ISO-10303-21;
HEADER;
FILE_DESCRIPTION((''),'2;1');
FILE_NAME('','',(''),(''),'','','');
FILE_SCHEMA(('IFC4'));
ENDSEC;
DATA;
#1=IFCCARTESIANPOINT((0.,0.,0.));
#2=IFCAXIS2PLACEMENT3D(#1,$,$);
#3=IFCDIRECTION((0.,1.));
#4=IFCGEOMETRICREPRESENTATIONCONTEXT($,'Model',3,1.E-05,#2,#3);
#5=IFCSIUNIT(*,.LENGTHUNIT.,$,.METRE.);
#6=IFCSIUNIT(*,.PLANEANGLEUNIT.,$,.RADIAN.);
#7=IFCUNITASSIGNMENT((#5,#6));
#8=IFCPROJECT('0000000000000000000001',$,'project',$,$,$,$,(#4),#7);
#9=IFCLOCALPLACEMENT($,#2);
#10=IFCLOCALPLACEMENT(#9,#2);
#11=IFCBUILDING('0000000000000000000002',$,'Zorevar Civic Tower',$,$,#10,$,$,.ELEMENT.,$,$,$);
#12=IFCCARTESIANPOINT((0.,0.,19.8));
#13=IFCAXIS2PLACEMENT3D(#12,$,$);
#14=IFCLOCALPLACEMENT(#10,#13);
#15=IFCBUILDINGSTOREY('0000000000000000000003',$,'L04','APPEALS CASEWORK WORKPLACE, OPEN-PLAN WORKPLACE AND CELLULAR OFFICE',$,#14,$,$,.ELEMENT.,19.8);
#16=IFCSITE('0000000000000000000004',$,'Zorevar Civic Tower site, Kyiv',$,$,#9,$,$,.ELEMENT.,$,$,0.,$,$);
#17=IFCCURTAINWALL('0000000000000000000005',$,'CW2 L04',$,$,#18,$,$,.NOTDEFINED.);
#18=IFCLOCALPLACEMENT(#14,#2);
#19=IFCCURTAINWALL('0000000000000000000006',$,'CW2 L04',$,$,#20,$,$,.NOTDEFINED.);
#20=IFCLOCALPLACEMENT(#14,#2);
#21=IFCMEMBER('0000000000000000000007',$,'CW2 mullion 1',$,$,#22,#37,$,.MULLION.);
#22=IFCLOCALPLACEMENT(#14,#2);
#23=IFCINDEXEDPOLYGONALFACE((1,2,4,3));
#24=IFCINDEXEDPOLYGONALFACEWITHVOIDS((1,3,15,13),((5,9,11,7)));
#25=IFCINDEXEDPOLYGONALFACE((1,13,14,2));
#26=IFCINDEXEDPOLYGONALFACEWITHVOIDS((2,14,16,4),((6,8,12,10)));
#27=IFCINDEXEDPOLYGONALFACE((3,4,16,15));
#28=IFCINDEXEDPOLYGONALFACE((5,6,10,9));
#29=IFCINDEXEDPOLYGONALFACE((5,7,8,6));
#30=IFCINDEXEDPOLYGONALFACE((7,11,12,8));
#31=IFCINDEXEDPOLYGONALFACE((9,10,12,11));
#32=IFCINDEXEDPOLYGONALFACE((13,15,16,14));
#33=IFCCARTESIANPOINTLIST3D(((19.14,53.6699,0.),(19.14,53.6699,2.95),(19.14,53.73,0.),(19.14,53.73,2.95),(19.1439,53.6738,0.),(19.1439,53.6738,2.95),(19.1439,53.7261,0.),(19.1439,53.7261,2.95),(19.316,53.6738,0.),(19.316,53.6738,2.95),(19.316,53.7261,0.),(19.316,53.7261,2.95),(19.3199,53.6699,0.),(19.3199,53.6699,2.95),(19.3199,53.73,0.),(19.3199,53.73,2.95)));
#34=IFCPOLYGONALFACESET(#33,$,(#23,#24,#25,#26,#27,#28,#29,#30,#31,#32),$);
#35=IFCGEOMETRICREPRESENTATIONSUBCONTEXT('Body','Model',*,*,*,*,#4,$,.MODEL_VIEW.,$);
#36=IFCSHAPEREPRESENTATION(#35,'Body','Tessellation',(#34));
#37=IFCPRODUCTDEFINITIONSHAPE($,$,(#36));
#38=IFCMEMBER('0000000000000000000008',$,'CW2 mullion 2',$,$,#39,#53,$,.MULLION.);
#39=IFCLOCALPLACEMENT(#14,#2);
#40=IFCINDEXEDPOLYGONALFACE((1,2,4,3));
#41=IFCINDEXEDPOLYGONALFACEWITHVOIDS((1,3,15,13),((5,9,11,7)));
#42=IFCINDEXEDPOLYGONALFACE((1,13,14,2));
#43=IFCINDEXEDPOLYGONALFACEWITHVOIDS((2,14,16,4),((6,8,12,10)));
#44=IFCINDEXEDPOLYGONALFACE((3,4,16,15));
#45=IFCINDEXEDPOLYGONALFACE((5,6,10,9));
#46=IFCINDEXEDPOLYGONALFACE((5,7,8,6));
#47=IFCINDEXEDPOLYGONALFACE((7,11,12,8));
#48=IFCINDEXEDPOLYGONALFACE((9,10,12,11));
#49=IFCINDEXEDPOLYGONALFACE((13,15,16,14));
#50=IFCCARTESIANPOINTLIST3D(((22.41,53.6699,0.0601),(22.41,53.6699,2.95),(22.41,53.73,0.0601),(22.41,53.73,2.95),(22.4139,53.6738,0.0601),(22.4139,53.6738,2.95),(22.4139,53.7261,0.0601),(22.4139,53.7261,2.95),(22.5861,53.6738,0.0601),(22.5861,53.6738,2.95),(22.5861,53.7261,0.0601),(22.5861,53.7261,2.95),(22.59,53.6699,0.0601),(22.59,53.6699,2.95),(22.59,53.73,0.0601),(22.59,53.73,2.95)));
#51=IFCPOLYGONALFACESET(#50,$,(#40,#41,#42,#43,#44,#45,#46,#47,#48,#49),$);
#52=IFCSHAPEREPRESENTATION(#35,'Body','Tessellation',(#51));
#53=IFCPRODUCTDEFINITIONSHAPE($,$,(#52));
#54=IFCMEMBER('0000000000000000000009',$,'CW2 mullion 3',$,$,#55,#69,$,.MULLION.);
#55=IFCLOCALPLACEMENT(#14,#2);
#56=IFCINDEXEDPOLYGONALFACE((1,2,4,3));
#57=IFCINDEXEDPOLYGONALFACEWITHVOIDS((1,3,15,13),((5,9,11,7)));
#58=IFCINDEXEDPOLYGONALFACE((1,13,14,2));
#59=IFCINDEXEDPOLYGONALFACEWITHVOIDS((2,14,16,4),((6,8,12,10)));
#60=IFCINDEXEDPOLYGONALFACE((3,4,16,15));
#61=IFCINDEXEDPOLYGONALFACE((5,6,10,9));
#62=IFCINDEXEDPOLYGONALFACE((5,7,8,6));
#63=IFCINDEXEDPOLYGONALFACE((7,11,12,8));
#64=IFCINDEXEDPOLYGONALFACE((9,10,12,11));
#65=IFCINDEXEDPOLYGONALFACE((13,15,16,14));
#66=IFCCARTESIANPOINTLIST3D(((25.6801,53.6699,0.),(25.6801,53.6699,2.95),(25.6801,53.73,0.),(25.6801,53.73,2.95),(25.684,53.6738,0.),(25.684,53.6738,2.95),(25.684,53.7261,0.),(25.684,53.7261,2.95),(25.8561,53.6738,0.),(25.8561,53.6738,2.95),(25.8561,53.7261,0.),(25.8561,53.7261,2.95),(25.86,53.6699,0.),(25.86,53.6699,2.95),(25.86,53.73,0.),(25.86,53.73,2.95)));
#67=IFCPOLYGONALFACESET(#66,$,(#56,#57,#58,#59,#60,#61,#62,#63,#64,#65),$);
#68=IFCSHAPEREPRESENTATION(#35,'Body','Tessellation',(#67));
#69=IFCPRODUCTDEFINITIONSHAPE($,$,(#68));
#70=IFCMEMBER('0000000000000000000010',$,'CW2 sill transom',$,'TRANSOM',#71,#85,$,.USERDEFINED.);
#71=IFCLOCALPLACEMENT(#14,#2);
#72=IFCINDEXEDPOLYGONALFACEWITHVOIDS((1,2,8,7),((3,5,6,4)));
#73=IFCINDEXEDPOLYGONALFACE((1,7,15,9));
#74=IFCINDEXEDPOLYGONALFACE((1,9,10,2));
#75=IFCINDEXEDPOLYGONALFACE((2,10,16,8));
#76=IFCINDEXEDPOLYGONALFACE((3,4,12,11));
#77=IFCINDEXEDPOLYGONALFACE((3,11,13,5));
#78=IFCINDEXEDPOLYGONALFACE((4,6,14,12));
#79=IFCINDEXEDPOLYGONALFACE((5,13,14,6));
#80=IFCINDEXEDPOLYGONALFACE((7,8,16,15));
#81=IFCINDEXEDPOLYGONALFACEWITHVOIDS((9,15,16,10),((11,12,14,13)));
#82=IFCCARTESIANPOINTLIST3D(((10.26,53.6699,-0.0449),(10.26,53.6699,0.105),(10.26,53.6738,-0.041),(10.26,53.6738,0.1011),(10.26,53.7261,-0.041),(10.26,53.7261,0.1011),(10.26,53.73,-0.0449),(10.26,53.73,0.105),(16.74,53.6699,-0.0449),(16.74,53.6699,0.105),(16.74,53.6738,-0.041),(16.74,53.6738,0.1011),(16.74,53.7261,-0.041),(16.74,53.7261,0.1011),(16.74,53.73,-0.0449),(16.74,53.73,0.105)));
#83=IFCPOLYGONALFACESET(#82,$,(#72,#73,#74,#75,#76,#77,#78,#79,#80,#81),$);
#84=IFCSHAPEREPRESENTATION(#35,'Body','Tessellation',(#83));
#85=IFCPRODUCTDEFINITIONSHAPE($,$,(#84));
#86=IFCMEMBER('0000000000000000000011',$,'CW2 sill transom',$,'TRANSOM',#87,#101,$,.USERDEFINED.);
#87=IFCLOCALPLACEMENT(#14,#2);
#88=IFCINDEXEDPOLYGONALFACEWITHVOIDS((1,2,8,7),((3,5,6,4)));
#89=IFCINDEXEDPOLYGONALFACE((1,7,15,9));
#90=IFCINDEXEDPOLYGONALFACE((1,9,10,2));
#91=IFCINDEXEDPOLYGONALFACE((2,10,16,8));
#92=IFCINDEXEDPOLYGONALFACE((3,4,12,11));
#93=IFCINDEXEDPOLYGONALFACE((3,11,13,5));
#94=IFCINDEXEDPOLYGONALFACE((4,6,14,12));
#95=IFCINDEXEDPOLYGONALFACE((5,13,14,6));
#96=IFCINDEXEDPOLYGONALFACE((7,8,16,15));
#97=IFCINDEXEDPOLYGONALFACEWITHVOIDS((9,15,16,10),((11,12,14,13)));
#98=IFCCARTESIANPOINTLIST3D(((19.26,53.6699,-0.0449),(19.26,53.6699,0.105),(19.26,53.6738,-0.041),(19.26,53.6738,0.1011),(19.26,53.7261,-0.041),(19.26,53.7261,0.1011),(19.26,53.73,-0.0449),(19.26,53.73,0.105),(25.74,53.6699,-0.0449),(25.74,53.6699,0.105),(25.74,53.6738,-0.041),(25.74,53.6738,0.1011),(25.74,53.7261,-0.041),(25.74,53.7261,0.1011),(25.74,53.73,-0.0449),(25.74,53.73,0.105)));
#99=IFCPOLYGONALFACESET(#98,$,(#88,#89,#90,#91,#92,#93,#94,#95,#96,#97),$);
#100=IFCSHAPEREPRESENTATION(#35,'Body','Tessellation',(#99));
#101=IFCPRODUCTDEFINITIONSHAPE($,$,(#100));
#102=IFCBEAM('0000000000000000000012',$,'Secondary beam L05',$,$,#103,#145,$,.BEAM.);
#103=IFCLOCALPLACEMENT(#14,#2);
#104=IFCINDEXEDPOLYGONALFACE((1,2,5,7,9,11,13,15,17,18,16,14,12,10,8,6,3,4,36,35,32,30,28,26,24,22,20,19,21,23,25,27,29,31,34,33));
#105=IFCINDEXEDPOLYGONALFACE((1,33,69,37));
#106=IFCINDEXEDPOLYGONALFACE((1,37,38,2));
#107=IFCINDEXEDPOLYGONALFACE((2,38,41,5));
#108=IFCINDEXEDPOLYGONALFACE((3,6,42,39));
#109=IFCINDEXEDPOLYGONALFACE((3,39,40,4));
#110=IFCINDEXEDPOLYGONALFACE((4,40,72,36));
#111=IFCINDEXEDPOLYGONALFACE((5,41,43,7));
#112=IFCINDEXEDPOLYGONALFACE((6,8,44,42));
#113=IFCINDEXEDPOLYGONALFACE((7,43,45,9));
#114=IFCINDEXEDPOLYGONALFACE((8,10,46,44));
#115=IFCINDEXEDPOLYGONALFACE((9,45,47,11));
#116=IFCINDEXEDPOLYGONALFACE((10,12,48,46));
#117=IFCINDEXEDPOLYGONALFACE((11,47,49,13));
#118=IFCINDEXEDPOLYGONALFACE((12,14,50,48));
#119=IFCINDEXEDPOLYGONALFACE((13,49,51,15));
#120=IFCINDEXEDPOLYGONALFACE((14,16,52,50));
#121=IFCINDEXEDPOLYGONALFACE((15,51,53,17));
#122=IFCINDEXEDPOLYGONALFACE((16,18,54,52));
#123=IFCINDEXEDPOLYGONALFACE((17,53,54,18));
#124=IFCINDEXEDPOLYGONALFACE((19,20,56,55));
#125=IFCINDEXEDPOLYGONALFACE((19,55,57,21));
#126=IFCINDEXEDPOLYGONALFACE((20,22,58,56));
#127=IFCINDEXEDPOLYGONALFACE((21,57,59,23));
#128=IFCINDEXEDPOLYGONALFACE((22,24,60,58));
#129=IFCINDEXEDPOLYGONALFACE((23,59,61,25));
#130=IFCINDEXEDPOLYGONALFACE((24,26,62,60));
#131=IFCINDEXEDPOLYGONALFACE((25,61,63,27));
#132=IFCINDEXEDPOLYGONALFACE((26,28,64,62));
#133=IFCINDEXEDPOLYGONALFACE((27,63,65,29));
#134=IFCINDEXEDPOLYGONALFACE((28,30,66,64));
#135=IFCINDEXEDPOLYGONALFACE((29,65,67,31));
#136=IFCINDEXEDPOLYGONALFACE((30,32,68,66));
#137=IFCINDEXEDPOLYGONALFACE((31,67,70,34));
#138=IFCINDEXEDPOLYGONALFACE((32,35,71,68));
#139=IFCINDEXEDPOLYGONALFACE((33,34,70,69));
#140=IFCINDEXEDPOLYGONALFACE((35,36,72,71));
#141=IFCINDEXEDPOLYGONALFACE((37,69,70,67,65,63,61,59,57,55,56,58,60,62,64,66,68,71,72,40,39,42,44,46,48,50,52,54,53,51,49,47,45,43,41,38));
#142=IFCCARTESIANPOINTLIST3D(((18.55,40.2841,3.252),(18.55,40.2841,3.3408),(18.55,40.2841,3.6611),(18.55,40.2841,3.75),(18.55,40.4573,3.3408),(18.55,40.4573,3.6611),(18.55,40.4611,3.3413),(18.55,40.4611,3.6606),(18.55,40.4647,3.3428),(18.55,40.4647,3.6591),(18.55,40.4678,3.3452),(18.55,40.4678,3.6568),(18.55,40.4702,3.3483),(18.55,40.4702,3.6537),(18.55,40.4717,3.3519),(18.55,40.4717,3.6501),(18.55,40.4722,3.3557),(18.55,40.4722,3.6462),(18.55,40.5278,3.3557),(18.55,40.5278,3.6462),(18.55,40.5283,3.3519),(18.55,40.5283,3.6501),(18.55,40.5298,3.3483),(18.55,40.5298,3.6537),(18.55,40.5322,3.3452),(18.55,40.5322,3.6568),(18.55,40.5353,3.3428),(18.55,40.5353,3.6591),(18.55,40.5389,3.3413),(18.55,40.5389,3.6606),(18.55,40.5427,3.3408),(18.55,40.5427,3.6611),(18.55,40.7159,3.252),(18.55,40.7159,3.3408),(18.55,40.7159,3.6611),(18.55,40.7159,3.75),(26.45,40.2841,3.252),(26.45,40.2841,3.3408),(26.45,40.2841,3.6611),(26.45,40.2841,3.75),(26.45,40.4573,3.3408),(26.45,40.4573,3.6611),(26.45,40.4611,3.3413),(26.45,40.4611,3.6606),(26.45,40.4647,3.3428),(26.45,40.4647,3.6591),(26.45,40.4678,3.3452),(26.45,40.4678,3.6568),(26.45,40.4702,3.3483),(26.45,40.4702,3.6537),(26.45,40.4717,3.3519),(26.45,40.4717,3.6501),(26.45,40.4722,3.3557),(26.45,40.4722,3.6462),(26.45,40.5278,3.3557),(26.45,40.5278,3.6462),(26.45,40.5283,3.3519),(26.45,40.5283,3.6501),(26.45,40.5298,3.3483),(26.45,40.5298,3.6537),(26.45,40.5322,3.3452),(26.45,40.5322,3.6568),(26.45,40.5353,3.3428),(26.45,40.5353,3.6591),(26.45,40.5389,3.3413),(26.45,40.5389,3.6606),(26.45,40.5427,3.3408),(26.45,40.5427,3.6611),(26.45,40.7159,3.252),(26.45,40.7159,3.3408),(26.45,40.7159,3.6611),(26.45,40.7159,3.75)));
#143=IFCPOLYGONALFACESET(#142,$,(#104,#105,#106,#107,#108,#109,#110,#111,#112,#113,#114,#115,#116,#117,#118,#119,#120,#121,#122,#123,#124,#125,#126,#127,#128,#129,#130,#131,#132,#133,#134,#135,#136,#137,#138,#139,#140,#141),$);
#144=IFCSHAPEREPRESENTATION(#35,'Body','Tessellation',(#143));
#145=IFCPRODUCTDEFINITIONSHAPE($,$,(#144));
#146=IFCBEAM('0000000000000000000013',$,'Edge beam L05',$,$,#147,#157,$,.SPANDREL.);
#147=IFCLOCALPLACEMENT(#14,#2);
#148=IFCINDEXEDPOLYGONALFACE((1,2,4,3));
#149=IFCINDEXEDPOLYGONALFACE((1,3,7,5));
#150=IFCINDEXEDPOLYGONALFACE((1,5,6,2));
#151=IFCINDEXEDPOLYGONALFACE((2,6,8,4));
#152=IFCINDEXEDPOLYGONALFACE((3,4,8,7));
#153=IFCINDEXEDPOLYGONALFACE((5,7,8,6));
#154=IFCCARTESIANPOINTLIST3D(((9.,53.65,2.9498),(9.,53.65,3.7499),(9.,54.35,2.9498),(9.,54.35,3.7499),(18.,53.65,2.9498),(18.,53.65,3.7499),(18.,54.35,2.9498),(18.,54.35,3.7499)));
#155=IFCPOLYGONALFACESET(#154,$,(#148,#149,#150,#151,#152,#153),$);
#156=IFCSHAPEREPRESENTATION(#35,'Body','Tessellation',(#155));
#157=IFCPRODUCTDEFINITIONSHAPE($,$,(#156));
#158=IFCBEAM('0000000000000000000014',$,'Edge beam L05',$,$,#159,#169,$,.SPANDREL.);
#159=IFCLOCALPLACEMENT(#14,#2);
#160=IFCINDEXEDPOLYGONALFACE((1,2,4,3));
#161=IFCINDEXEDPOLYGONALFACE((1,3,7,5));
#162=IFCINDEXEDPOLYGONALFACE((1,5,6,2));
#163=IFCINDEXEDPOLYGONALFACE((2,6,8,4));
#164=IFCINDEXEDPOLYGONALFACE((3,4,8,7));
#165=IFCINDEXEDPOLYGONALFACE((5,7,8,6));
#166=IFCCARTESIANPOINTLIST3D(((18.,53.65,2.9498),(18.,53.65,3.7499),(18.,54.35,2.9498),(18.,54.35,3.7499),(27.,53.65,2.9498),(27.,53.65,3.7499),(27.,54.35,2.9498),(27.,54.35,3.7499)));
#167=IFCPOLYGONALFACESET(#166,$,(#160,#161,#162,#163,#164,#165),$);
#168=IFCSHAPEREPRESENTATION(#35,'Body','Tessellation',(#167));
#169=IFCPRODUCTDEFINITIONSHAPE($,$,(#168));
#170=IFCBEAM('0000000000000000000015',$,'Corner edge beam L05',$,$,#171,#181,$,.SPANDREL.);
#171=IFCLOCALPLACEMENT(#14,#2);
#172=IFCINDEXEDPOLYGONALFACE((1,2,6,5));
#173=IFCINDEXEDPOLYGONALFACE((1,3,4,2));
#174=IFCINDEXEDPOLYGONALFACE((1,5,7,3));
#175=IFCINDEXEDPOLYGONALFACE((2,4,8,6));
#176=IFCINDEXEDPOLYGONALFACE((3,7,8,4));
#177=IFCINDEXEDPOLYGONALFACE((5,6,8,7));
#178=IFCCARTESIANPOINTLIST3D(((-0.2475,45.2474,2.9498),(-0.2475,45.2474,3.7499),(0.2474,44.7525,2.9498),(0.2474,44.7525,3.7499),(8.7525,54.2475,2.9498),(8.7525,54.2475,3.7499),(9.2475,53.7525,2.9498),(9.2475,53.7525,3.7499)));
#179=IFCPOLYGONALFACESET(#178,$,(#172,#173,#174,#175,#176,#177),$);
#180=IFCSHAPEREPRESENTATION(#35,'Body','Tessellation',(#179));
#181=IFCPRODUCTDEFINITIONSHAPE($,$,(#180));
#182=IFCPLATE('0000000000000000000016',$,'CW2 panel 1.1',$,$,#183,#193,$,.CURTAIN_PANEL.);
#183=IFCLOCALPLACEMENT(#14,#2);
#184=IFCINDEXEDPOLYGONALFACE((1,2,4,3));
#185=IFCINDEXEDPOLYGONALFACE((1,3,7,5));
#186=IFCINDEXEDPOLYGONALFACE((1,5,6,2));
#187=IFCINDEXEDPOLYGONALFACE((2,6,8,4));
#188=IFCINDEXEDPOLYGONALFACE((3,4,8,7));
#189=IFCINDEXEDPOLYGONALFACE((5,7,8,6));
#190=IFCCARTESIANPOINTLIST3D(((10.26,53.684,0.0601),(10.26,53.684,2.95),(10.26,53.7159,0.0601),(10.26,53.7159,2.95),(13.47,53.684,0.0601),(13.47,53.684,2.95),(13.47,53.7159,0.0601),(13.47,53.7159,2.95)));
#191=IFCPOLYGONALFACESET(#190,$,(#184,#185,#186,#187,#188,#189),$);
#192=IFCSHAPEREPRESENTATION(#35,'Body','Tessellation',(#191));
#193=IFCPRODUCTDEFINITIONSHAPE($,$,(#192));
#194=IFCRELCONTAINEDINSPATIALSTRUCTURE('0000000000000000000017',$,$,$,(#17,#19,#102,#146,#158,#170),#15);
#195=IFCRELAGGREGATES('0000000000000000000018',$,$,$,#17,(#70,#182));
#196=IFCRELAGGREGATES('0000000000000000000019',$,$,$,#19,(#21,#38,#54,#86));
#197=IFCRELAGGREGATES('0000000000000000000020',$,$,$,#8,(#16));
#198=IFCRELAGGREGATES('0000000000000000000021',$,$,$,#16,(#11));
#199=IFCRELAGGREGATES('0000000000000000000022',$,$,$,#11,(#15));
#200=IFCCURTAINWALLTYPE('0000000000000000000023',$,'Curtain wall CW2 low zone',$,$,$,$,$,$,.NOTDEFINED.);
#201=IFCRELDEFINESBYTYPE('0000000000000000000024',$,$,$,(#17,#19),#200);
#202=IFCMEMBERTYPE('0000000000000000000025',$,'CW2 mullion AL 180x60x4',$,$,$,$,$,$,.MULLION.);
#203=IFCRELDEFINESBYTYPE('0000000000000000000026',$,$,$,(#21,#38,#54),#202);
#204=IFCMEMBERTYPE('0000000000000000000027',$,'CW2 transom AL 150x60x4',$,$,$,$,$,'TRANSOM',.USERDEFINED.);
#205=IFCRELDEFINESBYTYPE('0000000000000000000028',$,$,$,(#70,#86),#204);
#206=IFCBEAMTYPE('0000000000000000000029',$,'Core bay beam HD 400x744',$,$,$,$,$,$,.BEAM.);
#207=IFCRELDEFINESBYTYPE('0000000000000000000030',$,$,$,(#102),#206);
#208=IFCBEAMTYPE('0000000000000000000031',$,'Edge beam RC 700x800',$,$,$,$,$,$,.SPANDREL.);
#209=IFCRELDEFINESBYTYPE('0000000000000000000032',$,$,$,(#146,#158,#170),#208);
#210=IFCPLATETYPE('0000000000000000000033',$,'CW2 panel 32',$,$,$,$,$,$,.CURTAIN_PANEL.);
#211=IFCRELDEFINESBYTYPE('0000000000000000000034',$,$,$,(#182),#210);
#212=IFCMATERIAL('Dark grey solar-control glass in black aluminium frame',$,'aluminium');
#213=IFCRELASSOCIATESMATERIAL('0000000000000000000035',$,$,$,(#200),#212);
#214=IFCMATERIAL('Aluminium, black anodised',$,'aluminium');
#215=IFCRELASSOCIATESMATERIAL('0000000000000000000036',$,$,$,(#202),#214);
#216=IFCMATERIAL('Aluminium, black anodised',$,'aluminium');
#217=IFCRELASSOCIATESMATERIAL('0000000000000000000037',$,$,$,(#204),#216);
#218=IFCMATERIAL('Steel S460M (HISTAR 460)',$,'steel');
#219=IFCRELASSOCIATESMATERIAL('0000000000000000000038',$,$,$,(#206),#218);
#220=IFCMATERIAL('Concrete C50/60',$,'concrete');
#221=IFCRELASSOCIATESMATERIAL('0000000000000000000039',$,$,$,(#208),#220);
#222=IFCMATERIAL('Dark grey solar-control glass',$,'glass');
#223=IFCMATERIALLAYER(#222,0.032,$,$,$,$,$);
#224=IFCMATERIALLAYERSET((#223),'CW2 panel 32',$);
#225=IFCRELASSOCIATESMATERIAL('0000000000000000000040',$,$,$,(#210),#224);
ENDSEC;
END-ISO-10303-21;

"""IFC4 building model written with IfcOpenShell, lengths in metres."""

from ifc_helpers import new_model, si_unit, direction, frame, origin, origin_2d, place, context, subcontext, project, spatial, rectangle, hollow_rectangle, i_section, extrude, material, layer, layer_set, material_profile, profile_set, type_object, element, aggregate, save


model = new_model("IFC4")

# Units and contexts
model_context = context("Model", 3, precision=1e-05, world=origin(), true_north=direction((0.0, 1.0)))
body_context = subcontext(model_context, "Body", "Model", "MODEL_VIEW")
ifc_project = project(units=[si_unit("LENGTHUNIT", "METRE"), si_unit("PLANEANGLEUNIT", "RADIAN")], contexts=[model_context])

# Site, building, storey
site_placement = place(None, origin())
site = spatial("IfcSite", under=ifc_project, at=site_placement, Name="Zorevar Civic Tower site, Kyiv", CompositionType="ELEMENT", RefElevation=0.0)
building_placement = place(site_placement, origin())
building = spatial("IfcBuilding", under=site, at=building_placement, Name="Zorevar Civic Tower", CompositionType="ELEMENT")
storey_placement = place(building_placement, frame((0.0, 0.0, 19.8)))
storey = spatial("IfcBuildingStorey", under=building, at=storey_placement, Name="L04", Description="APPEALS CASEWORK WORKPLACE, OPEN-PLAN WORKPLACE AND CELLULAR OFFICE", CompositionType="ELEMENT", Elevation=19.8)

# Curtain walls, members
ifc_material_1 = material(Name="Dark grey solar-control glass in black aluminium frame", Category="aluminium")
curtain_wall_type = type_object("IfcCurtainWallType", Name="Curtain wall CW2 low zone", PredefinedType="NOTDEFINED", material=ifc_material_1)
curtain_wall_1_placement = place(storey_placement, origin())
curtain_wall_1 = element("IfcCurtainWall", 1, at=curtain_wall_1_placement, inside=storey, type_object=curtain_wall_type, Name="CW2 L04", PredefinedType="NOTDEFINED")
ifc_material_2 = material(Name="Aluminium, black anodised", Category="aluminium")
ifc_material_profile_1 = material_profile(ifc_material_2, hollow_rectangle(XDim=0.0601, YDim=0.1799, WallThickness=0.0039, at=origin_2d()), Name="AL 180x60x4")
ifc_profile_set_1 = profile_set([ifc_material_profile_1], Name="Aluminium, black anodised")
member_type_1 = type_object("IfcMemberType", Name="CW2 mullion AL 180x60x4", PredefinedType="MULLION", material=ifc_profile_set_1)
curtain_wall_2_placement = place(storey_placement, origin())
curtain_wall_2 = element("IfcCurtainWall", 2, at=curtain_wall_2_placement, inside=storey, type_object=curtain_wall_type, Name="CW2 L04", PredefinedType="NOTDEFINED")
member_1_placement = place(storey_placement, frame((19.23, 53.7, 0.0), z_axis=(0.0, 0.0, 1.0), x_axis=(0.0, 1.0, 0.0)))
member_1 = element("IfcMember", 3, at=member_1_placement, type_object=member_type_1, Name="CW2 mullion 1", PredefinedType="MULLION", context=body_context, shape_type="SweptSolid", body=[
    extrude(hollow_rectangle(XDim=0.0601, YDim=0.1799, WallThickness=0.0039, at=origin_2d()), origin(), (0.0, 0.0, 1.0), 2.95),
])
member_2_placement = place(storey_placement, frame((22.5, 53.7, 0.0601), z_axis=(0.0, 0.0, 1.0), x_axis=(0.0, 1.0, 0.0)))
member_2 = element("IfcMember", 4, at=member_2_placement, type_object=member_type_1, Name="CW2 mullion 2", PredefinedType="MULLION", context=body_context, shape_type="SweptSolid", body=[
    extrude(hollow_rectangle(XDim=0.0601, YDim=0.1799, WallThickness=0.0039, at=origin_2d()), origin(), (0.0, 0.0, 1.0), 2.8899),
])
member_3_placement = place(storey_placement, frame((25.77, 53.7, 0.0), z_axis=(0.0, 0.0, 1.0), x_axis=(0.0, 1.0, 0.0)))
member_3 = element("IfcMember", 5, at=member_3_placement, type_object=member_type_1, Name="CW2 mullion 3", PredefinedType="MULLION", context=body_context, shape_type="SweptSolid", body=[
    extrude(hollow_rectangle(XDim=0.0601, YDim=0.1799, WallThickness=0.0039, at=origin_2d()), origin(), (0.0, 0.0, 1.0), 2.95),
])

# Members
ifc_material_3 = material(Name="Aluminium, black anodised", Category="aluminium")
ifc_material_profile_2 = material_profile(ifc_material_3, hollow_rectangle(XDim=0.0601, YDim=0.1499, WallThickness=0.0039, at=origin_2d()), Name="AL 150x60x4")
ifc_profile_set_2 = profile_set([ifc_material_profile_2], Name="Aluminium, black anodised")
member_type_2 = type_object("IfcMemberType", Name="CW2 transom AL 150x60x4", ElementType="TRANSOM", PredefinedType="USERDEFINED", material=ifc_profile_set_2)
member_4_placement = place(storey_placement, frame((10.26, 53.7, 0.03), z_axis=(1.0, 0.0, 0.0), x_axis=(0.0, 1.0, 0.0)))
member_4 = element("IfcMember", 6, at=member_4_placement, type_object=member_type_2, Name="CW2 sill transom", ObjectType="TRANSOM", PredefinedType="USERDEFINED", context=body_context, shape_type="SweptSolid", body=[
    extrude(hollow_rectangle(XDim=0.0601, YDim=0.1499, WallThickness=0.0039, at=origin_2d()), origin(), (0.0, 0.0, 1.0), 6.48),
])
member_5_placement = place(storey_placement, frame((19.26, 53.7, 0.03), z_axis=(1.0, 0.0, 0.0), x_axis=(0.0, 1.0, 0.0)))
member_5 = element("IfcMember", 7, at=member_5_placement, type_object=member_type_2, Name="CW2 sill transom", ObjectType="TRANSOM", PredefinedType="USERDEFINED", context=body_context, shape_type="SweptSolid", body=[
    extrude(hollow_rectangle(XDim=0.0601, YDim=0.1499, WallThickness=0.0039, at=origin_2d()), origin(), (0.0, 0.0, 1.0), 6.48),
])

# Beams
ifc_material_4 = material(Name="Steel S460M (HISTAR 460)", Category="steel")
ifc_material_profile_3 = material_profile(ifc_material_4, i_section(OverallWidth=0.4319, OverallDepth=0.498, WebThickness=0.0557, FlangeThickness=0.0889, FilletRadius=0.0149, at=origin_2d()), Name="HD 400x744")
ifc_profile_set_3 = profile_set([ifc_material_profile_3], Name="Steel S460M (HISTAR 460)")
beam_type_1 = type_object("IfcBeamType", Name="Core bay beam HD 400x744", PredefinedType="BEAM", material=ifc_profile_set_3)
beam_1_placement = place(storey_placement, frame((18.55, 40.5, 3.501), z_axis=(1.0, 0.0, 0.0), x_axis=(0.0, 1.0, 0.0)))
element("IfcBeam", 8, at=beam_1_placement, inside=storey, type_object=beam_type_1, Name="Secondary beam L05", PredefinedType="BEAM", context=body_context, shape_type="SweptSolid", body=[
    extrude(i_section(OverallWidth=0.4319, OverallDepth=0.498, WebThickness=0.0557, FlangeThickness=0.0889, FilletRadius=0.0149, at=origin_2d()), origin(), (0.0, 0.0, 1.0), 7.8999),
])
ifc_material_5 = material(Name="Concrete C50/60", Category="concrete")
ifc_material_profile_4 = material_profile(ifc_material_5, rectangle(XDim=0.7, YDim=0.8, at=origin_2d()), Name="RC 700x800")
ifc_profile_set_4 = profile_set([ifc_material_profile_4], Name="Concrete C50/60")
beam_type_2 = type_object("IfcBeamType", Name="Edge beam RC 700x800", PredefinedType="SPANDREL", material=ifc_profile_set_4)
for number, where, z_axis, x_axis, name in (
    (9, (9.0, 54.0, 3.3499), (1.0, 0.0, 0.0), (0.0, 1.0, 0.0), "Edge beam L05"),
    (10, (18.0, 54.0, 3.3499), (1.0, 0.0, 0.0), (0.0, 1.0, 0.0), "Edge beam L05"),
):
    element("IfcBeam", number, at=place(storey_placement, frame(where, z_axis=z_axis, x_axis=x_axis)), inside=storey, type_object=beam_type_2, Name=name, PredefinedType="SPANDREL", context=body_context, shape_type="SweptSolid", body=[
        extrude(rectangle(XDim=0.7, YDim=0.8, at=origin_2d()), origin(), (0.0, 0.0, 1.0), 9.0),
    ])
beam_2_placement = place(storey_placement, frame((9.0, 54.0, 3.3499), z_axis=(-0.707107, -0.707107, 0.0), x_axis=(0.707107, -0.707107, 0.0)))
element("IfcBeam", 11, at=beam_2_placement, inside=storey, type_object=beam_type_2, Name="Corner edge beam L05", PredefinedType="SPANDREL", context=body_context, shape_type="SweptSolid", body=[
    extrude(rectangle(XDim=0.7, YDim=0.8, at=origin_2d()), origin(), (0.0, 0.0, 1.0), 12.728),
])

# Plate
ifc_material_6 = material(Name="Dark grey solar-control glass", Category="glass")
ifc_layer_1 = layer(ifc_material_6, 0.032)
ifc_layer_set_1 = layer_set([ifc_layer_1], Name="CW2 panel 32")
plate_type = type_object("IfcPlateType", Name="CW2 panel 32", PredefinedType="CURTAIN_PANEL", material=ifc_layer_set_1)
plate_1_placement = place(storey_placement, frame((11.865, 53.7, 0.0601), z_axis=(0.0, 0.0, 1.0), x_axis=(1.0, 0.0, 0.0)))
plate_1 = element("IfcPlate", 12, at=plate_1_placement, type_object=plate_type, Name="CW2 panel 1.1", PredefinedType="CURTAIN_PANEL", context=body_context, shape_type="SweptSolid", body=[
    extrude(rectangle(XDim=3.21, YDim=0.032, at=origin_2d()), origin(), (0.0, 0.0, 1.0), 2.8899),
])
aggregate(curtain_wall_1, [member_4, plate_1])
aggregate(curtain_wall_2, [member_1, member_2, member_3, member_5])

save(model, "model.ifc")
